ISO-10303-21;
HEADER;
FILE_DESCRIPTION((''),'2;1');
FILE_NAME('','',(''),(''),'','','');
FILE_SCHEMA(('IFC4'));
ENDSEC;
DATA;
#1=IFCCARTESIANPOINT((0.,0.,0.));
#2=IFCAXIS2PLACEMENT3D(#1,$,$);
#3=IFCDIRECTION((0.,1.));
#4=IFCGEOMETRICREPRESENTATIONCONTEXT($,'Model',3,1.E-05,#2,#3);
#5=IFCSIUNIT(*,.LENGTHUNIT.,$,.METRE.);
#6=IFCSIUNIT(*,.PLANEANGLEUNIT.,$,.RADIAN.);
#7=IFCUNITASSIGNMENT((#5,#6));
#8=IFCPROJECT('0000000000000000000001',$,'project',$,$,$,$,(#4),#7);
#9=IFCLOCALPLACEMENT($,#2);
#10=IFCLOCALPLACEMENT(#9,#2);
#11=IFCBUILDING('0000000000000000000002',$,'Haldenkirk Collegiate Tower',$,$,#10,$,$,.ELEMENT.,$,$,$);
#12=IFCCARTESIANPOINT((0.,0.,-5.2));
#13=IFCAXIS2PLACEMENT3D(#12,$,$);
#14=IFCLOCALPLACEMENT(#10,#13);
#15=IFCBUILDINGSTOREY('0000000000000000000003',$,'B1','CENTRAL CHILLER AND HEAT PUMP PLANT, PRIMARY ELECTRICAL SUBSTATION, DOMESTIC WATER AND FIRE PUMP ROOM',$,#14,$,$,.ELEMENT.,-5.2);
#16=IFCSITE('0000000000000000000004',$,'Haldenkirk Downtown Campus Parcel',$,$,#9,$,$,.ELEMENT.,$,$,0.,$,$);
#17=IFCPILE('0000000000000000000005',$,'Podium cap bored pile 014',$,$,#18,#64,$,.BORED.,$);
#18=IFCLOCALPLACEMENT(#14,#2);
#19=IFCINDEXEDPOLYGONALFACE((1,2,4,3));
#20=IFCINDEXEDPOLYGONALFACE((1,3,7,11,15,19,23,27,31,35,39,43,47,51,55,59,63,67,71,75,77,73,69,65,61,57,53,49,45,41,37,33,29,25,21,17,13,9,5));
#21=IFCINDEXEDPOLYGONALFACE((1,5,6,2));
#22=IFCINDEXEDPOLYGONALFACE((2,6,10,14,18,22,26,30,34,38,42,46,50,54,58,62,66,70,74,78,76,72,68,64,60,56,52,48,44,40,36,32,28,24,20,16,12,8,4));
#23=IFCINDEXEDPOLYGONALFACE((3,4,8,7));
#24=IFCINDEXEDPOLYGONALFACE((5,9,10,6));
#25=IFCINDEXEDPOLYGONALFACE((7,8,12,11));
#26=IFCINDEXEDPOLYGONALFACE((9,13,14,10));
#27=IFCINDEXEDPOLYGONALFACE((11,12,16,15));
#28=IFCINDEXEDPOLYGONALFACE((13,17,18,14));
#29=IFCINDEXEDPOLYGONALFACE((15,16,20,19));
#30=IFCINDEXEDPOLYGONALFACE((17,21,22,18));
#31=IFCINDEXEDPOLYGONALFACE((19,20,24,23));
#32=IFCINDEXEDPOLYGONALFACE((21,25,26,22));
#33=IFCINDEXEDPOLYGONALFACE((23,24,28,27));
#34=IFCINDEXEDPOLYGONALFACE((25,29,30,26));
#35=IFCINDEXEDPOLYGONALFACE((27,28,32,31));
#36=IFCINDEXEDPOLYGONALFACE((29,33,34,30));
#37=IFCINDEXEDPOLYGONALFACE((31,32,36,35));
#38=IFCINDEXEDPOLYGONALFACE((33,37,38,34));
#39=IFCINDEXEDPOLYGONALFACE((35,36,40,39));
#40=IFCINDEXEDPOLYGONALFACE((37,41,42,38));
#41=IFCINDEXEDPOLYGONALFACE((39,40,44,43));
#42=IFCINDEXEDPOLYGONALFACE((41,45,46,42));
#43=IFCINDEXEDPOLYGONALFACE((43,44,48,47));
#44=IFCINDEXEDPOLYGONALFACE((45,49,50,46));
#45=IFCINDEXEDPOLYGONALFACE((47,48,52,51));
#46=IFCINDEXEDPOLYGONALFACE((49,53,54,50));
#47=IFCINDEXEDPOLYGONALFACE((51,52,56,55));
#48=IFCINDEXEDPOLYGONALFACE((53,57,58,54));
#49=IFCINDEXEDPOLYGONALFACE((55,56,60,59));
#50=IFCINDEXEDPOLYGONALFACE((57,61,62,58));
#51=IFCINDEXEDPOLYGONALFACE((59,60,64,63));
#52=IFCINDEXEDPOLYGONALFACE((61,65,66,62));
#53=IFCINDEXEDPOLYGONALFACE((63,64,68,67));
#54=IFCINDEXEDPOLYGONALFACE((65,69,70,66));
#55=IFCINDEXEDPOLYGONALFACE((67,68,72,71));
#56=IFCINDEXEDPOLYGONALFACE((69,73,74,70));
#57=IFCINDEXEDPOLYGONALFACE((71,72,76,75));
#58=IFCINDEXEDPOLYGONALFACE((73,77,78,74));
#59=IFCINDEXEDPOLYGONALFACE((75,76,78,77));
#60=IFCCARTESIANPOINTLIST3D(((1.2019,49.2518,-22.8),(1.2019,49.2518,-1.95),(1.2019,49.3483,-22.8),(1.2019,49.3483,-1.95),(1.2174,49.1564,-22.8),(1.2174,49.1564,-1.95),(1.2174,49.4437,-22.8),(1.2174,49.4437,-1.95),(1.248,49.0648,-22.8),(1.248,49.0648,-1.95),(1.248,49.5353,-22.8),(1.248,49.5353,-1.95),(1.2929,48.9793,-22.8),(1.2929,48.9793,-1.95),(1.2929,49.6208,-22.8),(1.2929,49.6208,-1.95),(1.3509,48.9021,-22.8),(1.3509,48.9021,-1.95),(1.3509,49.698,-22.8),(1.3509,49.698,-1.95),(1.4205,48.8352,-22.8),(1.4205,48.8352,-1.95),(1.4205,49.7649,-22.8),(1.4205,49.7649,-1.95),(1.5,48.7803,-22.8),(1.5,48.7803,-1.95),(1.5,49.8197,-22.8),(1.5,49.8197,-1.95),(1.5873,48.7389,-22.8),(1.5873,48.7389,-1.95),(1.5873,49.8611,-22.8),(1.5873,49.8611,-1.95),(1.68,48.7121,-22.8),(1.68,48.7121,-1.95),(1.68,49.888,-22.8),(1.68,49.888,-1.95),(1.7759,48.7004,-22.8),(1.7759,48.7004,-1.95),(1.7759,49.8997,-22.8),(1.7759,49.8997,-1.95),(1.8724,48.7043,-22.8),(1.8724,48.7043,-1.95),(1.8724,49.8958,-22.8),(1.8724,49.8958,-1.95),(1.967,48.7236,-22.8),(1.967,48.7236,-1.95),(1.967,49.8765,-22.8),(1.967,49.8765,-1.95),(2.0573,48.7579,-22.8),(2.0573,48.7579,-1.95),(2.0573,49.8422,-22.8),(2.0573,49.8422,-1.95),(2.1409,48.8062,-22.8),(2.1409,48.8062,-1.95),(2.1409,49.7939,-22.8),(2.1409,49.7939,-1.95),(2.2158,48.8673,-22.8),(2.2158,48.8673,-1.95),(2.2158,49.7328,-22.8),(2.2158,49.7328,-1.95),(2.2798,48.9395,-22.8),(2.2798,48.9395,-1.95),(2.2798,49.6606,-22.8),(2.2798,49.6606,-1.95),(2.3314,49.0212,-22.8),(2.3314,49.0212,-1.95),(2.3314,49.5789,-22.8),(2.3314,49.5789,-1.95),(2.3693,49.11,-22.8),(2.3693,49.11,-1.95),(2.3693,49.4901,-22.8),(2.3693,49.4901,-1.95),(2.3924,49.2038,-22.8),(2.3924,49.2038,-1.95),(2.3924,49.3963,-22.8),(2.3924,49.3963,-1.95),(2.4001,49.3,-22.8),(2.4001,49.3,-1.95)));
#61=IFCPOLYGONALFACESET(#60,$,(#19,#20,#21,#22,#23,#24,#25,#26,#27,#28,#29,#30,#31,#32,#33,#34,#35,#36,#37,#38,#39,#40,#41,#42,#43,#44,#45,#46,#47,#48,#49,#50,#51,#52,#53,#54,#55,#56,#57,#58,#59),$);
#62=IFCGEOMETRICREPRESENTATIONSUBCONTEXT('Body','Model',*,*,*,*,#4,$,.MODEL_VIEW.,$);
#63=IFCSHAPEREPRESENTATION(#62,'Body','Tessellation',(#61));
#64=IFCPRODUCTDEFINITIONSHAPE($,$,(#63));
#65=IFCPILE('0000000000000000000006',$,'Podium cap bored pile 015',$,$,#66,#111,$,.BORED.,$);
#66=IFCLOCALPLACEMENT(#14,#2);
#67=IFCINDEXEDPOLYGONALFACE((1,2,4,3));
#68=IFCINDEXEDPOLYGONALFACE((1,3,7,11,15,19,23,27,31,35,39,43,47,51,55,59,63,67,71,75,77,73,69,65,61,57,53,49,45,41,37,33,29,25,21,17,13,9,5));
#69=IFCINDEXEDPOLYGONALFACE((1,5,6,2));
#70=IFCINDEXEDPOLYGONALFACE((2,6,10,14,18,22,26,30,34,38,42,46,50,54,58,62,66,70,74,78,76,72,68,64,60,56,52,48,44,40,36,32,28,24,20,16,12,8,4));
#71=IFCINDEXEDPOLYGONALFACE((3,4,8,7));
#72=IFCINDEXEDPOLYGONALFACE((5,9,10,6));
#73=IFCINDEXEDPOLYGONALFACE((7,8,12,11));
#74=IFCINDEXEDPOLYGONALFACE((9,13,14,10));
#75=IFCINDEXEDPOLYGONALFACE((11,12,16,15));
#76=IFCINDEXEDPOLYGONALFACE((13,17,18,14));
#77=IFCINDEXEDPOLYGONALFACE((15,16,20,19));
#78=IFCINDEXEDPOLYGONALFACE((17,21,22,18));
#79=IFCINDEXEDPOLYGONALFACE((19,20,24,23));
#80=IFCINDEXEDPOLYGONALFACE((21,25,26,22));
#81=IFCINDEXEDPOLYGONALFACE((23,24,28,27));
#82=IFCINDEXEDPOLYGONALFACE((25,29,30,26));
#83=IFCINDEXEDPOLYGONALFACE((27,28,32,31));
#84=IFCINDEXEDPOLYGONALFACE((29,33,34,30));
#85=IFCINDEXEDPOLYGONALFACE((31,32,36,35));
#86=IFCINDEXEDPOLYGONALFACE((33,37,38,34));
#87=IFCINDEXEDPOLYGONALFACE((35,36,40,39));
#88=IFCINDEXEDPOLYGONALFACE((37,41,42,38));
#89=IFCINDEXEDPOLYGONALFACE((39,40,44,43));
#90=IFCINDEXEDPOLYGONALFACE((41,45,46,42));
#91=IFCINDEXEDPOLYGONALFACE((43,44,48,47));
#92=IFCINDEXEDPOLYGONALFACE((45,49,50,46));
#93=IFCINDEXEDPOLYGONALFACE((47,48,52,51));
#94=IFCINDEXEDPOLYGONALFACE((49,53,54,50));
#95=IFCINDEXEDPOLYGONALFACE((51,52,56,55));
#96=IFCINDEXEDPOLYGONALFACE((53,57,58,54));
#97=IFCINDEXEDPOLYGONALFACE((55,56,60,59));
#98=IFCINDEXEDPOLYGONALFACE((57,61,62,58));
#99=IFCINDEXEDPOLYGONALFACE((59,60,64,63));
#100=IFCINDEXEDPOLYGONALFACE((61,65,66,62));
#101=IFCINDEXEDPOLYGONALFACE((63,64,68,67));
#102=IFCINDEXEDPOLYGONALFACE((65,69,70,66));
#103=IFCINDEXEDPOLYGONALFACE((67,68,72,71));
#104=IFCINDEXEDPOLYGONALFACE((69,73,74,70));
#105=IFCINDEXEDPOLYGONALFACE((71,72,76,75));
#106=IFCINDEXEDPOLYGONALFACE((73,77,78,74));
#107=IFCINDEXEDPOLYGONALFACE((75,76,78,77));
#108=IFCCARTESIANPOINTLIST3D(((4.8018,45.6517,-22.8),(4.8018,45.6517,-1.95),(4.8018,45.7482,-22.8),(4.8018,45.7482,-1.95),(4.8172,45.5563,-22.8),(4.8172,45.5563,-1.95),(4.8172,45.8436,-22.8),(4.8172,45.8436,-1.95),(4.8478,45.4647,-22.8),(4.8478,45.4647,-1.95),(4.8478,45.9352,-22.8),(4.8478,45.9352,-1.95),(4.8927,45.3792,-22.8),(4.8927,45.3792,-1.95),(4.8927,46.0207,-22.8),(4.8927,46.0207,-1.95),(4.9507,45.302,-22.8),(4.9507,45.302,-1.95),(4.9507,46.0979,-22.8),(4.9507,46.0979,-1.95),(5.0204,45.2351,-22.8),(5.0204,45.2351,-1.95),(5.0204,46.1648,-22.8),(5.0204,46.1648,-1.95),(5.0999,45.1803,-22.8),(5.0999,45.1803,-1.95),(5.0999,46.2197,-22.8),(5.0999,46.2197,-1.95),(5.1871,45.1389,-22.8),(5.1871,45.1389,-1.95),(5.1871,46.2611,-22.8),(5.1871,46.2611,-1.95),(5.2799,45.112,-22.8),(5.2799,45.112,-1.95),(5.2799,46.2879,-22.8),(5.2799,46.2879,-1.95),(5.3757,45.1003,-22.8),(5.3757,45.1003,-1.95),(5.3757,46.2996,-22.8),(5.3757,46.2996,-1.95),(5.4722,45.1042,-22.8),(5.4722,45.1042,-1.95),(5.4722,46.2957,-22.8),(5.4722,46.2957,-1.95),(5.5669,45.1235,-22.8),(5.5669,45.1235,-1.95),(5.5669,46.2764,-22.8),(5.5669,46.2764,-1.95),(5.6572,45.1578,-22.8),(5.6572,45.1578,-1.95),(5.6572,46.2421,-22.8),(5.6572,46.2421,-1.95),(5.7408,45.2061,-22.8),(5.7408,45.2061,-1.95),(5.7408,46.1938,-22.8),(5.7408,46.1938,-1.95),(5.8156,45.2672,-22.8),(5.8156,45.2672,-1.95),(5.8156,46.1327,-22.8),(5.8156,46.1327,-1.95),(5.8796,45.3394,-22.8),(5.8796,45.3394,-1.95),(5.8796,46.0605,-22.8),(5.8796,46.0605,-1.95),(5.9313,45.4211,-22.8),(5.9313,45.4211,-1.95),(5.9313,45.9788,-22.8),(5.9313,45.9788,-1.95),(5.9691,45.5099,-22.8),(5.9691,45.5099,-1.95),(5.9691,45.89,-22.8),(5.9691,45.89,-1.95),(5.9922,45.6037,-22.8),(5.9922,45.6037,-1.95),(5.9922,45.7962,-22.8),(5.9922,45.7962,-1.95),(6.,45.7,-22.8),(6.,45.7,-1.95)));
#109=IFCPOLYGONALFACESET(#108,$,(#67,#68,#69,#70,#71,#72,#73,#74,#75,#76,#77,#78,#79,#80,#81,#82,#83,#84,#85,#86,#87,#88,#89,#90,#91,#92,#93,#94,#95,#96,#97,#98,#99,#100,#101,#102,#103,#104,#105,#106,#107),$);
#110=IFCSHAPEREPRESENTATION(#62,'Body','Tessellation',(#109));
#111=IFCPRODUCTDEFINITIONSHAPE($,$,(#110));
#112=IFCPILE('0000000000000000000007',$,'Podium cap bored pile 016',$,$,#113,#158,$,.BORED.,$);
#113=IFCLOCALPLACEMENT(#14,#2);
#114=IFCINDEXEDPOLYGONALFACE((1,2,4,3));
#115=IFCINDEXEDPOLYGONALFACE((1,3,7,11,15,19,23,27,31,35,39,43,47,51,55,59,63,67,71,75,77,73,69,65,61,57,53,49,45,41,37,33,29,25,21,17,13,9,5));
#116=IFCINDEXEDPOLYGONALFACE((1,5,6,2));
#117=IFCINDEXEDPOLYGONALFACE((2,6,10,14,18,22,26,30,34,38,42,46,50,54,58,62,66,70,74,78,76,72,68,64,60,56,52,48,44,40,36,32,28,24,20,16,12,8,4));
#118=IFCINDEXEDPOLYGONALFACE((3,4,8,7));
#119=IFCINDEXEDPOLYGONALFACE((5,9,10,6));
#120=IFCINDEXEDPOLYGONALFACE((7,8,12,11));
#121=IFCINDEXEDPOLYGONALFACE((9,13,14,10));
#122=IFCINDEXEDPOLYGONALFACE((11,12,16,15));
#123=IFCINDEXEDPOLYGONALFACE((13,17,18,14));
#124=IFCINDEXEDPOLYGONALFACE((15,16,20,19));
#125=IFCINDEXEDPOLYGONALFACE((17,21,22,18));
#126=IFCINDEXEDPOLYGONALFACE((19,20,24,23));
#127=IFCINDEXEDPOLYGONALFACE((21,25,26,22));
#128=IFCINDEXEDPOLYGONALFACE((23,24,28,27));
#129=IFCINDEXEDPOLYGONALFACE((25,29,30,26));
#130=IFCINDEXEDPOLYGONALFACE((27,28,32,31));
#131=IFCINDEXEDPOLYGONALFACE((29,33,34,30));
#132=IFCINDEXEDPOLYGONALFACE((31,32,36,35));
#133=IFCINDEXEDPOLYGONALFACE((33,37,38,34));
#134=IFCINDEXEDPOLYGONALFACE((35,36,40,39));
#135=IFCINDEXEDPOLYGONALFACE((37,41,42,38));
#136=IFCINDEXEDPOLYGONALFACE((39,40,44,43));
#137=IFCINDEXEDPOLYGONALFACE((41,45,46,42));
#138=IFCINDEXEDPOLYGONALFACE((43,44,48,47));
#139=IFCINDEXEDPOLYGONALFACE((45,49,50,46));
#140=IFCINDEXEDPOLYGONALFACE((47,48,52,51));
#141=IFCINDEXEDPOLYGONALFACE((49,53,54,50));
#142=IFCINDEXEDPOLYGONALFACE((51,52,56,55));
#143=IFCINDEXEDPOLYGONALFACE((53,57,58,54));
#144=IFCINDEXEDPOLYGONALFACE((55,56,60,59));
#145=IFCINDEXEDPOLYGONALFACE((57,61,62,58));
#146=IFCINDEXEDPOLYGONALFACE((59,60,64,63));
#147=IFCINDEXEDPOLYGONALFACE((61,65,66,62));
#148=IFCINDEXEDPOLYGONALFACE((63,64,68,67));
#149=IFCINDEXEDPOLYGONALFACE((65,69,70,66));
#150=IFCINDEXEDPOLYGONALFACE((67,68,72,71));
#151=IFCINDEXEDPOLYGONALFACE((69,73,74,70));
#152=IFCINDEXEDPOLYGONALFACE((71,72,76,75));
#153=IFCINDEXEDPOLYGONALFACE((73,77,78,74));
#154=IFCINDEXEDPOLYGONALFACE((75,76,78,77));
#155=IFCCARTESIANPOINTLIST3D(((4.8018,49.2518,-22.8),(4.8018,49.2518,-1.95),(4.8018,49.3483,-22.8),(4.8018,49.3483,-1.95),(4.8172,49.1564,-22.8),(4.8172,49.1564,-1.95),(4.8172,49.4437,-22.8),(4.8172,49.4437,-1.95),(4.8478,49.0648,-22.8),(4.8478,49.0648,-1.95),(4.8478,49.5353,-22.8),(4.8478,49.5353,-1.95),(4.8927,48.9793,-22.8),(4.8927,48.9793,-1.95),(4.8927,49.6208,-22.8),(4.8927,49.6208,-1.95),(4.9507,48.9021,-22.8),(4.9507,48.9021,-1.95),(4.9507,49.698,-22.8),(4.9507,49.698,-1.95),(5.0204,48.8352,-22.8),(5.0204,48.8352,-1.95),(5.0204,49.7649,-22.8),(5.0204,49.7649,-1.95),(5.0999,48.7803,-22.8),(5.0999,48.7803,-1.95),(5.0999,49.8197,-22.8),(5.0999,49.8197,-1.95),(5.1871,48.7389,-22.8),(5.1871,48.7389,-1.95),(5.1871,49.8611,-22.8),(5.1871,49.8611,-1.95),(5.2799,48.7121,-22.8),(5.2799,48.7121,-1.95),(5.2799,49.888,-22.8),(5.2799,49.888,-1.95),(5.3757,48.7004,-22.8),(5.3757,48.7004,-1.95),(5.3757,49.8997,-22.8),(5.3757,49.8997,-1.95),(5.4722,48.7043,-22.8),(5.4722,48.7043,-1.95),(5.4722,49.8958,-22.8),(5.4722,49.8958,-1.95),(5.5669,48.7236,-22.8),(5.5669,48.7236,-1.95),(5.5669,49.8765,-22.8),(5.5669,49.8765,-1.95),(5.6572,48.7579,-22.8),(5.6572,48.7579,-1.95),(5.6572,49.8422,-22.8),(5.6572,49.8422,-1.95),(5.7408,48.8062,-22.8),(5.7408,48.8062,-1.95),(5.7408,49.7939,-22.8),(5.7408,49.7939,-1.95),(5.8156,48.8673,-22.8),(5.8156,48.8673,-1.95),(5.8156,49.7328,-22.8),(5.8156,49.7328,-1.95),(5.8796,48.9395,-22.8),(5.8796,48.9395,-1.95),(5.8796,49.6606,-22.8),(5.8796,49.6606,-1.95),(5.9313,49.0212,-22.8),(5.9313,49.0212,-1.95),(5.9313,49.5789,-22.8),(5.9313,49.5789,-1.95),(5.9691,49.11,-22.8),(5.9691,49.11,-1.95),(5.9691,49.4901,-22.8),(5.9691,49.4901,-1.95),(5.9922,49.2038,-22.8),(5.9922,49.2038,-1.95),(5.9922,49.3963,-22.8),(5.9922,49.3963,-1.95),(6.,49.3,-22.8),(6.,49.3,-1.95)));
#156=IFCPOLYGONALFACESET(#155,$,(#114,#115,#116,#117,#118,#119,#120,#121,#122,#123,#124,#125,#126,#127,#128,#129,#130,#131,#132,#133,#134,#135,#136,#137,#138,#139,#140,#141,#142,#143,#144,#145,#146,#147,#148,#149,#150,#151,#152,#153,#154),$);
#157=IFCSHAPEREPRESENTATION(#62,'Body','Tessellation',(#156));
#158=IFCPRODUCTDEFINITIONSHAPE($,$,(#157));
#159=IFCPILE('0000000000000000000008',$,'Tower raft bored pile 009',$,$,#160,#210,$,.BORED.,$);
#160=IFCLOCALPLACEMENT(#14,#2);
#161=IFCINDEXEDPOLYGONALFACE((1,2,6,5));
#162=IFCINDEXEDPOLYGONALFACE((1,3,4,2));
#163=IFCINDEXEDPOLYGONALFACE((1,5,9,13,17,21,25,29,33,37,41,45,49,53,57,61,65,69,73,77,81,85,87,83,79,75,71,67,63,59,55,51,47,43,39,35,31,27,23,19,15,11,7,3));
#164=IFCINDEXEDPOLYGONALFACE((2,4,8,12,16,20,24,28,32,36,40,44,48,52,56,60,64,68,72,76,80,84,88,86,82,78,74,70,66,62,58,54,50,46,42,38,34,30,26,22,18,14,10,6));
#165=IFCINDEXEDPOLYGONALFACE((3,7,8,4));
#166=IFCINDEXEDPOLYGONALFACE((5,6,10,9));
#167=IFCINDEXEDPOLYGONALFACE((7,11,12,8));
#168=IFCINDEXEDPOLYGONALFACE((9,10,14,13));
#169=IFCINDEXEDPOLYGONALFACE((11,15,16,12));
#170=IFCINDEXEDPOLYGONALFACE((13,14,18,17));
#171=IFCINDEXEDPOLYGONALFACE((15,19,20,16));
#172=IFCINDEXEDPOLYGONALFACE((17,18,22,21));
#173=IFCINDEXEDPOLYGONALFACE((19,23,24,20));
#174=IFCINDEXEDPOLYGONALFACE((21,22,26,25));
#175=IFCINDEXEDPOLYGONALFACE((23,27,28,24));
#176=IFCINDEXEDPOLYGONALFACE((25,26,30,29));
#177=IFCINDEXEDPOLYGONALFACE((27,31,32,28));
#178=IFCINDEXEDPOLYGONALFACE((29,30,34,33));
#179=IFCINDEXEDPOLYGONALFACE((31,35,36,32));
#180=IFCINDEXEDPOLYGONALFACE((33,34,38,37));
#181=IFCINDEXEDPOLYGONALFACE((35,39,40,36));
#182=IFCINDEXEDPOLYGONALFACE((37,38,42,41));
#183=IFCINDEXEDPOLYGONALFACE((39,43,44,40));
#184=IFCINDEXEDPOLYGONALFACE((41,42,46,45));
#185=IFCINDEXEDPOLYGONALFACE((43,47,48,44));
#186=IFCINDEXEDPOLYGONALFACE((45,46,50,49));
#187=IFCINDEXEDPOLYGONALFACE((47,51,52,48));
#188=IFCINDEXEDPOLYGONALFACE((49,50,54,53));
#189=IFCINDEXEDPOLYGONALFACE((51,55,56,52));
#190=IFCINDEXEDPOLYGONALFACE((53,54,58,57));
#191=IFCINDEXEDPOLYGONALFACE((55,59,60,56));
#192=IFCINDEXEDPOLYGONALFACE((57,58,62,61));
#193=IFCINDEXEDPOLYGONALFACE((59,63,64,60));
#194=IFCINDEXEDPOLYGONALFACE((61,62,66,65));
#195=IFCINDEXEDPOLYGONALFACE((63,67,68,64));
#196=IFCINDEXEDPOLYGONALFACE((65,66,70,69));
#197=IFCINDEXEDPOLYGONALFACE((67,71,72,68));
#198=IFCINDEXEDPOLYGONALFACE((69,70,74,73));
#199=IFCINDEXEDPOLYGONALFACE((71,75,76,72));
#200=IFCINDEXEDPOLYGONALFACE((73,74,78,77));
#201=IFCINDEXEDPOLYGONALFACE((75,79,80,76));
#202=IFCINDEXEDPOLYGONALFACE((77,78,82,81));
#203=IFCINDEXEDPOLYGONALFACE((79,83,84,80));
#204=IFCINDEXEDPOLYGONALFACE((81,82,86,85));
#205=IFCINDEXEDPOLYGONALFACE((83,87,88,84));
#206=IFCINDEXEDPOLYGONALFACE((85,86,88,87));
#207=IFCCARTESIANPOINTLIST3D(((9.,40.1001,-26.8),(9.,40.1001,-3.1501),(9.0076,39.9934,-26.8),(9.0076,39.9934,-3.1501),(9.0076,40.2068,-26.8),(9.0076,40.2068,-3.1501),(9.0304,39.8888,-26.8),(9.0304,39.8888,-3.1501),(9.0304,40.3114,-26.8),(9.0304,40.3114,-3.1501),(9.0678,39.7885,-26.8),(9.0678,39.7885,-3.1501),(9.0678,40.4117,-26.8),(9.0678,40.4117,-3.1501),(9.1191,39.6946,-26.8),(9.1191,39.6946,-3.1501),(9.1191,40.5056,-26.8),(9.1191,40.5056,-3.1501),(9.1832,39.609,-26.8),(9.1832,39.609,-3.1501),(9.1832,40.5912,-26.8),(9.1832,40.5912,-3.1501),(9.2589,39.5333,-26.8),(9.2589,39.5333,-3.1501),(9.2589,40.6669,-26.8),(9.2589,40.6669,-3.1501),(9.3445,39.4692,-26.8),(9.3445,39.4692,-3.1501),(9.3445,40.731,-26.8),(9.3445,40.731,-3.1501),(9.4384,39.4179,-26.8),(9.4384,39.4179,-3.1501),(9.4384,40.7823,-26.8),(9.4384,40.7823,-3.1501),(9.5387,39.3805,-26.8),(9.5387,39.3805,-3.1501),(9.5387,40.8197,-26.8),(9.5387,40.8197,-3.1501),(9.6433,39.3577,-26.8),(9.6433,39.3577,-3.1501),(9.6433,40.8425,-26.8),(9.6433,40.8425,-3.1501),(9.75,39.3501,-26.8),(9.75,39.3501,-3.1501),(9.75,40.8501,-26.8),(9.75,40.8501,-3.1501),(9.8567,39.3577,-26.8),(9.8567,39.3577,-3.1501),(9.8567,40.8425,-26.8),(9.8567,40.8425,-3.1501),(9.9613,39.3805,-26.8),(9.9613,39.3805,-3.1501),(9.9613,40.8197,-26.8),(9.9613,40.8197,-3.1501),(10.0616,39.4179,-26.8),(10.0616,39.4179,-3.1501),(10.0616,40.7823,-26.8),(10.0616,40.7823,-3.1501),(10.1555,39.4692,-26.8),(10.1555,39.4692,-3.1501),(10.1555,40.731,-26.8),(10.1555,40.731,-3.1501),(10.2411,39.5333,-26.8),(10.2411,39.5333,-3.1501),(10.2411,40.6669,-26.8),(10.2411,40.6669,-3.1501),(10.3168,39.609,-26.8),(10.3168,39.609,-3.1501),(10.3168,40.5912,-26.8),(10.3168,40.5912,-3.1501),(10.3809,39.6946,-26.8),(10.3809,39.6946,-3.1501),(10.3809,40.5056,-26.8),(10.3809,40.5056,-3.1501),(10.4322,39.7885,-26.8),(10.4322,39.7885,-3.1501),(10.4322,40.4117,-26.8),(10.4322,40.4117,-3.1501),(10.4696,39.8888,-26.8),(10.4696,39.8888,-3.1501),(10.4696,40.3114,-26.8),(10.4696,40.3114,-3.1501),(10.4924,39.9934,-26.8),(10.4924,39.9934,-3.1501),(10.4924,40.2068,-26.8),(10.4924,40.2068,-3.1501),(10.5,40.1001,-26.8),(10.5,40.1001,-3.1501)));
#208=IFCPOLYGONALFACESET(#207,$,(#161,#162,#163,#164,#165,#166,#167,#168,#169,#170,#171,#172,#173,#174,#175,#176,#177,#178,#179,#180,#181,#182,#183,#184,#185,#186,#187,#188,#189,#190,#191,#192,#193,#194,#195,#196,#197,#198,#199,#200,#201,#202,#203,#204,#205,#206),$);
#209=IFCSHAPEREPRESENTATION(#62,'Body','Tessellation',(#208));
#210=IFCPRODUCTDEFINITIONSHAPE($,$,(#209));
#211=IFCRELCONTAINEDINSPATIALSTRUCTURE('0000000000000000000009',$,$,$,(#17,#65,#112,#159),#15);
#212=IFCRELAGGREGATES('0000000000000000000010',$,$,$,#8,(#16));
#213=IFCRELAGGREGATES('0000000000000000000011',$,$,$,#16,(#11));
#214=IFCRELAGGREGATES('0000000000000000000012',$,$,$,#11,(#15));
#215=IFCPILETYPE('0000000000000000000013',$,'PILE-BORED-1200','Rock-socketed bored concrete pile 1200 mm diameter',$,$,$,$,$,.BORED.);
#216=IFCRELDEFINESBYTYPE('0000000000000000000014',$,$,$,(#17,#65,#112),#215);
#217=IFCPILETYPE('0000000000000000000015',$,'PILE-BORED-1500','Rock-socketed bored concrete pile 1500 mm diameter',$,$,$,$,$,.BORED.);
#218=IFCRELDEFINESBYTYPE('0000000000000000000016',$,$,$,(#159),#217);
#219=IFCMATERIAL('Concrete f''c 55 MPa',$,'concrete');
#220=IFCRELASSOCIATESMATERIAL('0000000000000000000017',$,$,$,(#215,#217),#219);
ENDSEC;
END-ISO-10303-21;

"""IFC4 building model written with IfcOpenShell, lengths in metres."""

from ifc_helpers import new_model, si_unit, direction, frame, origin, origin_2d, place, context, subcontext, project, spatial, circle, extrude, material, material_profile, profile_set, type_object, element, save


model = new_model("IFC4")

# Units and contexts
model_context = context("Model", 3, precision=1e-05, world=origin(), true_north=direction((0.0, 1.0)))
body_context = subcontext(model_context, "Body", "Model", "MODEL_VIEW")
ifc_project = project(units=[si_unit("LENGTHUNIT", "METRE"), si_unit("PLANEANGLEUNIT", "RADIAN")], contexts=[model_context])

# Site, building, storey
site_placement = place(None, origin())
site = spatial("IfcSite", under=ifc_project, at=site_placement, Name="Haldenkirk Downtown Campus Parcel", CompositionType="ELEMENT", RefElevation=0.0)
building_placement = place(site_placement, origin())
building = spatial("IfcBuilding", under=site, at=building_placement, Name="Haldenkirk Collegiate Tower", CompositionType="ELEMENT")
storey_placement = place(building_placement, frame((0.0, 0.0, -5.2)))
storey = spatial("IfcBuildingStorey", under=building, at=storey_placement, Name="B1", Description="CENTRAL CHILLER AND HEAT PUMP PLANT, PRIMARY ELECTRICAL SUBSTATION, DOMESTIC WATER AND FIRE PUMP ROOM", CompositionType="ELEMENT", Elevation=-5.2)

# Shared definitions
ifc_material_1 = material(Name="Concrete f'c 55 MPa", Category="concrete")

# Piles
ifc_material_profile_1 = material_profile(ifc_material_1, circle(Radius=0.6001, at=origin_2d()), Name="PILE1200")
ifc_profile_set_1 = profile_set([ifc_material_profile_1], Name="Concrete f'c 55 MPa")
pile_type_1 = type_object("IfcPileType", Name="PILE-BORED-1200", Description="Rock-socketed bored concrete pile 1200 mm diameter", PredefinedType="BORED", material=ifc_profile_set_1)
for number, where, z_axis, x_axis, name in (
    (1, (1.8, 49.3, -1.95), (0.0, 0.0, -1.0), (1.0, 0.0, 0.0), "Podium cap bored pile 014"),
    (2, (5.3999, 45.7, -1.95), (0.0, 0.0, -1.0), (1.0, 0.0, 0.0), "Podium cap bored pile 015"),
    (3, (5.3999, 49.3, -1.95), (0.0, 0.0, -1.0), (1.0, 0.0, 0.0), "Podium cap bored pile 016"),
):
    element("IfcPile", number, at=place(storey_placement, frame(where, z_axis=z_axis, x_axis=x_axis)), inside=storey, type_object=pile_type_1, Name=name, PredefinedType="BORED", context=body_context, shape_type="SweptSolid", body=[
        extrude(circle(Radius=0.6001, at=origin_2d()), origin(), (0.0, 0.0, 1.0), 20.8501),
    ])
ifc_material_profile_2 = material_profile(ifc_material_1, circle(Radius=0.75, at=origin_2d()), Name="PILE1500")
ifc_profile_set_2 = profile_set([ifc_material_profile_2], Name="Concrete f'c 55 MPa")
pile_type_2 = type_object("IfcPileType", Name="PILE-BORED-1500", Description="Rock-socketed bored concrete pile 1500 mm diameter", PredefinedType="BORED", material=ifc_profile_set_2)
for number, where, z_axis, x_axis, name in (
    (4, (9.75, 40.1001, -3.1501), (0.0, 0.0, -1.0), (1.0, 0.0, 0.0), "Tower raft bored pile 009"),
):
    element("IfcPile", number, at=place(storey_placement, frame(where, z_axis=z_axis, x_axis=x_axis)), inside=storey, type_object=pile_type_2, Name=name, PredefinedType="BORED", context=body_context, shape_type="SweptSolid", body=[
        extrude(circle(Radius=0.75, at=origin_2d()), origin(), (0.0, 0.0, 1.0), 23.6499),
    ])

save(model, "model.ifc")
